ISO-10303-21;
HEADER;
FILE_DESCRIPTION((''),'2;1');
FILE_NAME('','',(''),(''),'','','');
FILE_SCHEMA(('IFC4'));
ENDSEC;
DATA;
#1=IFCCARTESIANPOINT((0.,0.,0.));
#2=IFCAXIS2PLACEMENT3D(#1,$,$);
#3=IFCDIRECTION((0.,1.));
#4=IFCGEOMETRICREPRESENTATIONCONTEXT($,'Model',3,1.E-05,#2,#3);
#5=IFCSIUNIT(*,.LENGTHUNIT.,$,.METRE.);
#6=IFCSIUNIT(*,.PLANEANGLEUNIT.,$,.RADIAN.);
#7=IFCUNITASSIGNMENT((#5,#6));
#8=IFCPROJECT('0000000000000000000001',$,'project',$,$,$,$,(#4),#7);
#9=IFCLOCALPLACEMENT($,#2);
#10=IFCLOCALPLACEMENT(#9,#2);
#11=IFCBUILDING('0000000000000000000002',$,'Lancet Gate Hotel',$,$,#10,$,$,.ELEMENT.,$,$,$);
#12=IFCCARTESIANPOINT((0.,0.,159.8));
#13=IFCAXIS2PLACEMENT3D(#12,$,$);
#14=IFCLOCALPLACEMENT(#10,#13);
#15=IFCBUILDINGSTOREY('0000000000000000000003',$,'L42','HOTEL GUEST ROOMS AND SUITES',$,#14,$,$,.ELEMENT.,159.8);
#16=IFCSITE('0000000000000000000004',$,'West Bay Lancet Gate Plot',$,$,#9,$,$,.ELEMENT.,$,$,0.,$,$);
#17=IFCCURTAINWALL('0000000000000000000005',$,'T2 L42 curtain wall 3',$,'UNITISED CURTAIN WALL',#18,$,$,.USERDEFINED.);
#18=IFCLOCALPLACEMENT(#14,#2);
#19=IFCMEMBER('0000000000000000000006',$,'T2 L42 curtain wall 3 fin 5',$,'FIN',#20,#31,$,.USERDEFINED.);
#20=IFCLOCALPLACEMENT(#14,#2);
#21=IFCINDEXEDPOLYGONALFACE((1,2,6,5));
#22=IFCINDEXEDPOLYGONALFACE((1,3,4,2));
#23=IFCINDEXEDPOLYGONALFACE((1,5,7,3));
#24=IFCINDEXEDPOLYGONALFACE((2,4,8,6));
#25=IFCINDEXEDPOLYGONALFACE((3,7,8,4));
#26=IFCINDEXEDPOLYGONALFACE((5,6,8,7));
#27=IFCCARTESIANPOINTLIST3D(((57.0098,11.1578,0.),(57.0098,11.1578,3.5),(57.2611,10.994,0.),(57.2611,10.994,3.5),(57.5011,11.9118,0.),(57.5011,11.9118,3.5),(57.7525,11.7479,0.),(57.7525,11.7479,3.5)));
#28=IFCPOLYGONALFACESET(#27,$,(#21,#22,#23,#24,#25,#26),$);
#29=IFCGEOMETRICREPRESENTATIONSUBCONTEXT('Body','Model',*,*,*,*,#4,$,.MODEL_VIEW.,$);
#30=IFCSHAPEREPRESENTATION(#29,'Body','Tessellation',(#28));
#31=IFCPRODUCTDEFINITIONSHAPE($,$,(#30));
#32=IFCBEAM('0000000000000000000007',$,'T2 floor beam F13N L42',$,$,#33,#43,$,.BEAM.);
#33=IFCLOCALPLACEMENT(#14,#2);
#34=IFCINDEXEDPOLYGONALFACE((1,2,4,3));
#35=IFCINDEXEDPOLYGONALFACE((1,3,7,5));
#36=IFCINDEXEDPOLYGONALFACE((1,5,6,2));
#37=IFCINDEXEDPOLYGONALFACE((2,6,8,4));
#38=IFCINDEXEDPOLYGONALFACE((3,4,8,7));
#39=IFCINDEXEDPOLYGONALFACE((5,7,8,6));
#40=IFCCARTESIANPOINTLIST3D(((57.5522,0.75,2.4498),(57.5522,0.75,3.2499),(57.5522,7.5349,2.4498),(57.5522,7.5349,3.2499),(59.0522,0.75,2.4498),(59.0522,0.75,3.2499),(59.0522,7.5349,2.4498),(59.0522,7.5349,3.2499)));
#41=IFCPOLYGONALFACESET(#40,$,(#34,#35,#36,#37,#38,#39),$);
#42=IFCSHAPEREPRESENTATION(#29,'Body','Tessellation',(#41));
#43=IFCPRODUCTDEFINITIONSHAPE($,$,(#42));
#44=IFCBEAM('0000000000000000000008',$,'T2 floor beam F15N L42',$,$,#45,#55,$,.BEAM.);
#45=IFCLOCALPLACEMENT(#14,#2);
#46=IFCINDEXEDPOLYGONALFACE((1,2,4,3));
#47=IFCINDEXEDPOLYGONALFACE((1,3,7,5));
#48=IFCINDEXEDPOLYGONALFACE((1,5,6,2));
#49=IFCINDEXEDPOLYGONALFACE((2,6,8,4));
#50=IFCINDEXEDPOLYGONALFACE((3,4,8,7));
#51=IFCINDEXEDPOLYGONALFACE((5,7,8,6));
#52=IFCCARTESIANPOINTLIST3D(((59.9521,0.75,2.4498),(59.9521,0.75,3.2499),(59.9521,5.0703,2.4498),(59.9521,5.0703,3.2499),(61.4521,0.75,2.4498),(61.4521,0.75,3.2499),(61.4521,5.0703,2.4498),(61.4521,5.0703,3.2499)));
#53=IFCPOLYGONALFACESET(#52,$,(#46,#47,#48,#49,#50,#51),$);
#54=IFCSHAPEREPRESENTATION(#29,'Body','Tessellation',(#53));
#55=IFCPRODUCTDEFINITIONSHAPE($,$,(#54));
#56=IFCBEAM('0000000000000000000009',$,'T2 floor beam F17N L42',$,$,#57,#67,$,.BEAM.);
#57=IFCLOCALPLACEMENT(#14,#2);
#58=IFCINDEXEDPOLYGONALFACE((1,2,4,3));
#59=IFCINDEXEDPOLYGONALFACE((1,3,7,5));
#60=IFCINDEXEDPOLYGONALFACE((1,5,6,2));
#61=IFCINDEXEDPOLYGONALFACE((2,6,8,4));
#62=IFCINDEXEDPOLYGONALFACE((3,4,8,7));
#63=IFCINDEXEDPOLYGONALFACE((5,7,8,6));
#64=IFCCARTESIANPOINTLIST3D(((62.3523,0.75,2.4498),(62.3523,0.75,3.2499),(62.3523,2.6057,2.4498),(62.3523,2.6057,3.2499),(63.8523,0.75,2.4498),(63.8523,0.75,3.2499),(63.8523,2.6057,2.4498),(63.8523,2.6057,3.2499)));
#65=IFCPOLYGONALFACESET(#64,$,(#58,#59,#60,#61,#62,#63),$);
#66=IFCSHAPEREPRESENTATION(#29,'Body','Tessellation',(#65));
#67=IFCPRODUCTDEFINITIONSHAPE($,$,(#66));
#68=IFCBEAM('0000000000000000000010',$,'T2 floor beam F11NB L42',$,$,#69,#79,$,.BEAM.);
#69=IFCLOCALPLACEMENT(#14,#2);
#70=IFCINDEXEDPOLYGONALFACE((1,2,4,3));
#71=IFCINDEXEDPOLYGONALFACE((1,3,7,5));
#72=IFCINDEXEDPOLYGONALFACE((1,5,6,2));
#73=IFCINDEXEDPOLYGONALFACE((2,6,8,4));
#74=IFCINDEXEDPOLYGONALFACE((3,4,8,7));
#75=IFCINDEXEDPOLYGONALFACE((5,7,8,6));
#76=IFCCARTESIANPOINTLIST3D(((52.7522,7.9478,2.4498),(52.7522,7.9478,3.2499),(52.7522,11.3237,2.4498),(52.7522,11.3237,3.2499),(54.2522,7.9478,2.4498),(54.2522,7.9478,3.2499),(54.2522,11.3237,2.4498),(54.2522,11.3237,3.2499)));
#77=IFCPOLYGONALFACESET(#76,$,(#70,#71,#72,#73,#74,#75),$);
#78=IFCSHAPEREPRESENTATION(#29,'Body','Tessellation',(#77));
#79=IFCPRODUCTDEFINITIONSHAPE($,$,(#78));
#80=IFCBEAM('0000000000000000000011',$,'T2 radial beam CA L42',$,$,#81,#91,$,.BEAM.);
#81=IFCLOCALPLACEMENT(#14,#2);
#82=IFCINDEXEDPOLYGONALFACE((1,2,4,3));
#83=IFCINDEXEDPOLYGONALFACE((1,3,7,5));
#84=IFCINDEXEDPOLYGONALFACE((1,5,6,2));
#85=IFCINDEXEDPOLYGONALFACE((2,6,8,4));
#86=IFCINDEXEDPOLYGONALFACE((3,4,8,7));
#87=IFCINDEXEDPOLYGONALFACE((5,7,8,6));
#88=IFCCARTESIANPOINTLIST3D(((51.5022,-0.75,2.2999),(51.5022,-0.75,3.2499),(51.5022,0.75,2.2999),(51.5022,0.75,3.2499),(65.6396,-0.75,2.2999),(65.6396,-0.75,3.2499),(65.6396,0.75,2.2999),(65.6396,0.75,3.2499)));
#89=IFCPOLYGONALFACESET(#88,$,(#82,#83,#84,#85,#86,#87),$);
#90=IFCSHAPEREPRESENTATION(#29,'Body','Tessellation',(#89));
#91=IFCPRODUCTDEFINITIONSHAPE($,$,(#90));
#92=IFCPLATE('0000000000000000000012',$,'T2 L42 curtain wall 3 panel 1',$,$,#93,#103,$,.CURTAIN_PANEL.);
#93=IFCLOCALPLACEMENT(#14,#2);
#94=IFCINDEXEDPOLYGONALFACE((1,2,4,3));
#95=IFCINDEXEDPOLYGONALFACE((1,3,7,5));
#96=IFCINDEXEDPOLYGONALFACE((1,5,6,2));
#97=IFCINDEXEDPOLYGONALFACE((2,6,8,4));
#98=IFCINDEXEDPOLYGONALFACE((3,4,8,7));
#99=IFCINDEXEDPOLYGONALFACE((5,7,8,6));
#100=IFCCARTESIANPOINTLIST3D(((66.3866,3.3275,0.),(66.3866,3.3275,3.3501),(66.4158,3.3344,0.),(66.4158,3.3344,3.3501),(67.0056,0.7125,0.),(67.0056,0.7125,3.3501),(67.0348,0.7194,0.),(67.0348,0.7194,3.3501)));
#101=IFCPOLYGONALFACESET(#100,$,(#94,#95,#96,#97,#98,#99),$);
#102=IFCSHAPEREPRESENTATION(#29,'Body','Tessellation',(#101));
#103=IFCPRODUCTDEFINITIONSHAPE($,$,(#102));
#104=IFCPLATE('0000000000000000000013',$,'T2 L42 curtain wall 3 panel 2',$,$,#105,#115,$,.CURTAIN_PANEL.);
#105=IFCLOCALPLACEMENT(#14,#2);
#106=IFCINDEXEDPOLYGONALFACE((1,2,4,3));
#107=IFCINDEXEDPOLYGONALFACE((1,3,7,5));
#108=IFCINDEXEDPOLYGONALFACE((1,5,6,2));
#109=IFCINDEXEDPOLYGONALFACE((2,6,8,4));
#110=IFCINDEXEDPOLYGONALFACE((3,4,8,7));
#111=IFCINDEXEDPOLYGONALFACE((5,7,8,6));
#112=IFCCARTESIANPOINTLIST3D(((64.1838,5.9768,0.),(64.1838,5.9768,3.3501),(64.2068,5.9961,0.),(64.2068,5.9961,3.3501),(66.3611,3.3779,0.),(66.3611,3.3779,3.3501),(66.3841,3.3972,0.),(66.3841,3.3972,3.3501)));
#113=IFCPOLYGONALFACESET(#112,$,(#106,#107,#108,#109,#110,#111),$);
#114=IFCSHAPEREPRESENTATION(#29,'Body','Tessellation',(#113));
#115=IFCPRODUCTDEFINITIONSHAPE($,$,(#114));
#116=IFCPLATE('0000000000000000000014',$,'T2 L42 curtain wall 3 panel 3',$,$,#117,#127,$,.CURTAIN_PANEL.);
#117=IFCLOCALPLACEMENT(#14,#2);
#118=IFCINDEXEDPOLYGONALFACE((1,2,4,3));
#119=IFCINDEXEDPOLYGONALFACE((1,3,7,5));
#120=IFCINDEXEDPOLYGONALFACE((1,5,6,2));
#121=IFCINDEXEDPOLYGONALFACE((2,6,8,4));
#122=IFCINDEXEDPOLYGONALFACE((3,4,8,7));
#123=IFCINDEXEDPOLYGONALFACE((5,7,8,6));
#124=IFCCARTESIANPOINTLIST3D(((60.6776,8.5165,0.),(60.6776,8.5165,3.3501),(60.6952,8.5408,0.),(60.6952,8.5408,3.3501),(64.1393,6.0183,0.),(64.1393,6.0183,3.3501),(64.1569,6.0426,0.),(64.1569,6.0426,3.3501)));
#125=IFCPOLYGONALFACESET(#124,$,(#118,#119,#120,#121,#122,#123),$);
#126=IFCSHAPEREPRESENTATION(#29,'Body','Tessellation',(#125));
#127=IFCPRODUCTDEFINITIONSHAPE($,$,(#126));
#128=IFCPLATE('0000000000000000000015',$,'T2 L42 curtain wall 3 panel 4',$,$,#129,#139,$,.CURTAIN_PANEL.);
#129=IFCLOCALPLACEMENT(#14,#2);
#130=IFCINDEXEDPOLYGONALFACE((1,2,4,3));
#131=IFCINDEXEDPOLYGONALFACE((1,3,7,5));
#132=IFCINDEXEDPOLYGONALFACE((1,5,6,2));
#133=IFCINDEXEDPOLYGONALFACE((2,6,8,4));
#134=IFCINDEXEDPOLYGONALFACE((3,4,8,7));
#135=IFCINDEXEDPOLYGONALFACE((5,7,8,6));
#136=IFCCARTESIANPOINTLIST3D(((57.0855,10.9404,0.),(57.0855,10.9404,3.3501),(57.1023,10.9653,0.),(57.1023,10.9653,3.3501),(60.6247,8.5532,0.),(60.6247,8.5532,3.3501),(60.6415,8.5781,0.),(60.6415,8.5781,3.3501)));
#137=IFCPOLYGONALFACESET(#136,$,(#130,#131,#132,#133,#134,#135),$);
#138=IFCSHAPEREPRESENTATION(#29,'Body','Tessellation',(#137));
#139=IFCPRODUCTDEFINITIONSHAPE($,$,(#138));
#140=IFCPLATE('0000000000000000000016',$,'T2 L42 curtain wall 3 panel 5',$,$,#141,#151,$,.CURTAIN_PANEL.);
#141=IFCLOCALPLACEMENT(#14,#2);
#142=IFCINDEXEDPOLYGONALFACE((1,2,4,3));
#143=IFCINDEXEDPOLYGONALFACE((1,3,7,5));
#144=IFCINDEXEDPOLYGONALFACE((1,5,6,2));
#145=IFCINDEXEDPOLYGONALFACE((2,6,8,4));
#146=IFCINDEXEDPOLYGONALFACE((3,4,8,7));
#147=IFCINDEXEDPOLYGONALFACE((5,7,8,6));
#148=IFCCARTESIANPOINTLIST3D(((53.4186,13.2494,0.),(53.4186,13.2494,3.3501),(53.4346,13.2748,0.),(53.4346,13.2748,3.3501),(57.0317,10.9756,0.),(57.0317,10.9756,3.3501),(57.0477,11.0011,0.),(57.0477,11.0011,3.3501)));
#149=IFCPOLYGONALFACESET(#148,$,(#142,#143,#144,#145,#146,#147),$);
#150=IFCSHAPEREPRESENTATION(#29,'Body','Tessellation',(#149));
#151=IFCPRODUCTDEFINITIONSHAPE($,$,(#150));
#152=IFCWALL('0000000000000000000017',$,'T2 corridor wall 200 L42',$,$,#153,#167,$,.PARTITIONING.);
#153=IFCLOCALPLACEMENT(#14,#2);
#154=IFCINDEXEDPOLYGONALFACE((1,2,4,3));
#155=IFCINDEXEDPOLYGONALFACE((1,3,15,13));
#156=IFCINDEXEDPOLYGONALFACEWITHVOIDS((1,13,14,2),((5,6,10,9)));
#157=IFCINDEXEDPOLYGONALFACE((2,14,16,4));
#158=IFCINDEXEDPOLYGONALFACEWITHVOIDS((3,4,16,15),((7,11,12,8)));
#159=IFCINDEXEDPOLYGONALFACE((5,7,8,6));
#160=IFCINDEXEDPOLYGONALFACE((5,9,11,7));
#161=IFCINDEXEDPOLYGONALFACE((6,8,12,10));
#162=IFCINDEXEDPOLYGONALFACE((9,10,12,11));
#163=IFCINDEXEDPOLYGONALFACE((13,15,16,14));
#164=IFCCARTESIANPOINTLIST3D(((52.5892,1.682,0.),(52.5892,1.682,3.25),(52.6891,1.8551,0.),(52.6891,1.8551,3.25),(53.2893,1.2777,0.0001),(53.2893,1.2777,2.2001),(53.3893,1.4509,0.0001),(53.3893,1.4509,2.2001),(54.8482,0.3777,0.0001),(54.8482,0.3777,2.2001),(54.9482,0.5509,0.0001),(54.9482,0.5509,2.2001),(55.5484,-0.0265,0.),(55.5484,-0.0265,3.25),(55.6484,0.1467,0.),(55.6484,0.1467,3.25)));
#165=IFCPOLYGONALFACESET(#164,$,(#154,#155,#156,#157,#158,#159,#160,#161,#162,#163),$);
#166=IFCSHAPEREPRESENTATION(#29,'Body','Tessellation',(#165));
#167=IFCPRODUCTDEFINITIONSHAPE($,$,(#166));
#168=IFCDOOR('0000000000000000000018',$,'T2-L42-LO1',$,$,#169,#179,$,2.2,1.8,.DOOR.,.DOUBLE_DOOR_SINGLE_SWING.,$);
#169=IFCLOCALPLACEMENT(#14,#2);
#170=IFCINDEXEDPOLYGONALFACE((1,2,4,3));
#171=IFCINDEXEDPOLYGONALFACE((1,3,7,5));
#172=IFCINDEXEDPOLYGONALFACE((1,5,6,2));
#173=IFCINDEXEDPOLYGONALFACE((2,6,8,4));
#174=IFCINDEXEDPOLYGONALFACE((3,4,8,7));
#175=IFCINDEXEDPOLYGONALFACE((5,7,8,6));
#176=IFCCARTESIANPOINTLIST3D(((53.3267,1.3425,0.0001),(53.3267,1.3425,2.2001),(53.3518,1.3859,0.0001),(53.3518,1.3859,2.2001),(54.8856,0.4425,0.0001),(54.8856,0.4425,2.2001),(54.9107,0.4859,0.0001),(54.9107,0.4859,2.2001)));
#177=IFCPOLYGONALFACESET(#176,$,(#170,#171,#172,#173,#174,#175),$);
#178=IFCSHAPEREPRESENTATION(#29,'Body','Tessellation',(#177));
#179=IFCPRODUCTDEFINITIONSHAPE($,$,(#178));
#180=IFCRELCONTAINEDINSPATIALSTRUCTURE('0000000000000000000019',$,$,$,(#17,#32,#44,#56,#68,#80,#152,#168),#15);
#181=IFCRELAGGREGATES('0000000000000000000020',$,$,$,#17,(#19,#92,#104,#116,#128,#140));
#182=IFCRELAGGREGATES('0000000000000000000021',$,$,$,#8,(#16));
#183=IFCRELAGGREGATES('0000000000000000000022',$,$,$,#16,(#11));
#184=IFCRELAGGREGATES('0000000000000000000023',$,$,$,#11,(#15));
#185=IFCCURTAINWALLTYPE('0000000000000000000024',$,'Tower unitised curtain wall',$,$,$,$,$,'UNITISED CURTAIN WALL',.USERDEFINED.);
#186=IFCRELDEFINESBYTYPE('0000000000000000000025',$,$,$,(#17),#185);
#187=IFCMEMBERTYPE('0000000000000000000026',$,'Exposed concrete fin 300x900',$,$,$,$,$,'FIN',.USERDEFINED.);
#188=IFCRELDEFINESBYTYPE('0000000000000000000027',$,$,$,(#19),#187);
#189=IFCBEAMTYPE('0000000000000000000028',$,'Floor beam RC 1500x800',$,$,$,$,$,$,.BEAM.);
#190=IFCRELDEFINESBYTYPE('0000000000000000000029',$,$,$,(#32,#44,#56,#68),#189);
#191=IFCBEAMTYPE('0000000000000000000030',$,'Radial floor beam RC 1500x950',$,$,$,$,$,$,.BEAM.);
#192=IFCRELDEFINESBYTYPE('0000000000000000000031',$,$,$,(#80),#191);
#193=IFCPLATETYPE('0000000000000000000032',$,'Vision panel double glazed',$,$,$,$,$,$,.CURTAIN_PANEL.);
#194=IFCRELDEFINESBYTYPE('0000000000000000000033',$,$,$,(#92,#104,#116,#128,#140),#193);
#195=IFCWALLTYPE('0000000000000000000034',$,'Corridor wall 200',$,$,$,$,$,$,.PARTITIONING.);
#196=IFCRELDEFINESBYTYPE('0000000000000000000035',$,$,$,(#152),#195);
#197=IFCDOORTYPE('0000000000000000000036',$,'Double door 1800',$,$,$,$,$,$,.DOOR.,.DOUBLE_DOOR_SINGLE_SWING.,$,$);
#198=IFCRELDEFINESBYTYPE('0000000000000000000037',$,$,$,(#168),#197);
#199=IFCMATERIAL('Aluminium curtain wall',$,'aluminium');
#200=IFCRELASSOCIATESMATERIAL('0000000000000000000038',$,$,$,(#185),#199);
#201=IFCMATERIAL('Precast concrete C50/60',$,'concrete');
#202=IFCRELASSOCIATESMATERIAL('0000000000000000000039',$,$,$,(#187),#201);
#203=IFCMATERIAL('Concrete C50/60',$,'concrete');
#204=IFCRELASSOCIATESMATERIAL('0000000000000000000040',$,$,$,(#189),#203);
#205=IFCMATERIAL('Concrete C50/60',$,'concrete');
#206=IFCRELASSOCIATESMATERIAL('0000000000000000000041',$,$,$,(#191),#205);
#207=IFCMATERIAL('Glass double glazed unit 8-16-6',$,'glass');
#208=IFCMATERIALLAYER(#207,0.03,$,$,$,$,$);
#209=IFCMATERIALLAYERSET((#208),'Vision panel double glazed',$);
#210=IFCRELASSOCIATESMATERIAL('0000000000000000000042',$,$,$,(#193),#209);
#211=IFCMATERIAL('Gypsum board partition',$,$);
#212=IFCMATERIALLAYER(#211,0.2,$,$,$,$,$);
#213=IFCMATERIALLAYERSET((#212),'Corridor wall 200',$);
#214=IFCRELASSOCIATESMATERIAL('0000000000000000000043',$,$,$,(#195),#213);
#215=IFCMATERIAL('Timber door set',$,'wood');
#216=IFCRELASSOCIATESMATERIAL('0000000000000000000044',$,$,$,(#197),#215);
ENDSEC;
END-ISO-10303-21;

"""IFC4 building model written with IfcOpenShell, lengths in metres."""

from ifc_helpers import new_model, si_unit, direction, frame, frame_2d, origin, origin_2d, place, context, subcontext, project, spatial, rectangle, extrude, material, layer, layer_set, material_profile, profile_set, type_object, element, fill, aggregate, save


model = new_model("IFC4")

# Units and contexts
model_context = context("Model", 3, precision=1e-05, world=origin(), true_north=direction((0.0, 1.0)))
body_context = subcontext(model_context, "Body", "Model", "MODEL_VIEW")
ifc_project = project(units=[si_unit("LENGTHUNIT", "METRE"), si_unit("PLANEANGLEUNIT", "RADIAN")], contexts=[model_context])

# Site, building, storey
site_placement = place(None, origin())
site = spatial("IfcSite", under=ifc_project, at=site_placement, Name="West Bay Lancet Gate Plot", CompositionType="ELEMENT", RefElevation=0.0)
building_placement = place(site_placement, origin())
building = spatial("IfcBuilding", under=site, at=building_placement, Name="Lancet Gate Hotel", CompositionType="ELEMENT")
storey_placement = place(building_placement, frame((0.0, 0.0, 159.8)))
storey = spatial("IfcBuildingStorey", under=building, at=storey_placement, Name="L42", Description="HOTEL GUEST ROOMS AND SUITES", CompositionType="ELEMENT", Elevation=159.8)

# Curtain wall
ifc_material_1 = material(Name="Aluminium curtain wall", Category="aluminium")
curtain_wall_type = type_object("IfcCurtainWallType", Name="Tower unitised curtain wall", ElementType="UNITISED CURTAIN WALL", PredefinedType="USERDEFINED", material=ifc_material_1)
curtain_wall_placement = place(storey_placement, origin())
curtain_wall = element("IfcCurtainWall", 1, at=curtain_wall_placement, inside=storey, type_object=curtain_wall_type, Name="T2 L42 curtain wall 3", ObjectType="UNITISED CURTAIN WALL", PredefinedType="USERDEFINED")

# Member
ifc_material_2 = material(Name="Precast concrete C50/60", Category="concrete")
ifc_material_profile_1 = material_profile(ifc_material_2, rectangle(XDim=0.3, YDim=0.8999, at=origin_2d()), Name="FIN 300x900")
ifc_profile_set_1 = profile_set([ifc_material_profile_1], Name="Precast concrete C50/60")
member_type_1 = type_object("IfcMemberType", Name="Exposed concrete fin 300x900", ElementType="FIN", PredefinedType="USERDEFINED", material=ifc_profile_set_1)
member_1_placement = place(storey_placement, frame((57.3811, 11.4529, 0.0), z_axis=(0.0, 0.0, 1.0), x_axis=(-0.837801, 0.545976, 0.0)))
member_1 = element("IfcMember", 2, at=member_1_placement, type_object=member_type_1, Name="T2 L42 curtain wall 3 fin 5", ObjectType="FIN", PredefinedType="USERDEFINED", context=body_context, shape_type="SweptSolid", body=[
    extrude(rectangle(XDim=0.3, YDim=0.8999, at=origin_2d()), origin(), (0.0, 0.0, 1.0), 3.5),
])

# Beams
ifc_material_3 = material(Name="Concrete C50/60", Category="concrete")
ifc_material_profile_2 = material_profile(ifc_material_3, rectangle(XDim=1.5, YDim=0.8, at=origin_2d()), Name="RC 1500x800")
ifc_profile_set_2 = profile_set([ifc_material_profile_2], Name="Concrete C50/60")
beam_type_1 = type_object("IfcBeamType", Name="Floor beam RC 1500x800", PredefinedType="BEAM", material=ifc_profile_set_2)
beam_1_placement = place(storey_placement, frame((58.3022, 0.75, 2.8499), z_axis=(0.0, 1.0, 0.0), x_axis=(-1.0, 0.0, 0.0)))
element("IfcBeam", 3, at=beam_1_placement, inside=storey, type_object=beam_type_1, Name="T2 floor beam F13N L42", PredefinedType="BEAM", context=body_context, shape_type="SweptSolid", body=[
    extrude(rectangle(XDim=1.5, YDim=0.8, at=origin_2d()), origin(), (0.0, 0.0, 1.0), 6.7849),
])
beam_2_placement = place(storey_placement, frame((60.7021, 0.75, 2.8499), z_axis=(0.0, 1.0, 0.0), x_axis=(-1.0, 0.0, 0.0)))
element("IfcBeam", 4, at=beam_2_placement, inside=storey, type_object=beam_type_1, Name="T2 floor beam F15N L42", PredefinedType="BEAM", context=body_context, shape_type="SweptSolid", body=[
    extrude(rectangle(XDim=1.5, YDim=0.8, at=origin_2d()), origin(), (0.0, 0.0, 1.0), 4.3203),
])
beam_3_placement = place(storey_placement, frame((63.1023, 0.75, 2.8499), z_axis=(0.0, 1.0, 0.0), x_axis=(-1.0, 0.0, 0.0)))
element("IfcBeam", 5, at=beam_3_placement, inside=storey, type_object=beam_type_1, Name="T2 floor beam F17N L42", PredefinedType="BEAM", context=body_context, shape_type="SweptSolid", body=[
    extrude(rectangle(XDim=1.5, YDim=0.8, at=origin_2d()), origin(), (0.0, 0.0, 1.0), 1.8557),
])
beam_4_placement = place(storey_placement, frame((53.5022, 7.9478, 2.8499), z_axis=(0.0, 1.0, 0.0), x_axis=(-1.0, 0.0, 0.0)))
element("IfcBeam", 6, at=beam_4_placement, inside=storey, type_object=beam_type_1, Name="T2 floor beam F11NB L42", PredefinedType="BEAM", context=body_context, shape_type="SweptSolid", body=[
    extrude(rectangle(XDim=1.5, YDim=0.8, at=origin_2d()), origin(), (0.0, 0.0, 1.0), 3.376),
])
ifc_material_4 = material(Name="Concrete C50/60", Category="concrete")
ifc_material_profile_3 = material_profile(ifc_material_4, rectangle(XDim=1.5, YDim=0.95, at=origin_2d()), Name="RC 1500x950")
ifc_profile_set_3 = profile_set([ifc_material_profile_3], Name="Concrete C50/60")
beam_type_2 = type_object("IfcBeamType", Name="Radial floor beam RC 1500x950", PredefinedType="BEAM", material=ifc_profile_set_3)
beam_5_placement = place(storey_placement, frame((65.6396, 0.0, 2.7749), z_axis=(-1.0, 0.0, 0.0), x_axis=(0.0, -1.0, 0.0)))
element("IfcBeam", 7, at=beam_5_placement, inside=storey, type_object=beam_type_2, Name="T2 radial beam CA L42", PredefinedType="BEAM", context=body_context, shape_type="SweptSolid", body=[
    extrude(rectangle(XDim=1.5, YDim=0.95, at=origin_2d()), origin(), (0.0, 0.0, 1.0), 14.1375),
])

# Plates
ifc_material_5 = material(Name="Glass double glazed unit 8-16-6", Category="glass")
ifc_layer_1 = layer(ifc_material_5, 0.03)
ifc_layer_set_1 = layer_set([ifc_layer_1], Name="Vision panel double glazed")
plate_type = type_object("IfcPlateType", Name="Vision panel double glazed", PredefinedType="CURTAIN_PANEL", material=ifc_layer_set_1)
plate_1_placement = place(storey_placement, frame((66.7107, 2.0234, 0.0), z_axis=(0.0, 0.0, 1.0), x_axis=(-0.230367, 0.973104, 0.0)))
plate_1 = element("IfcPlate", 8, at=plate_1_placement, type_object=plate_type, Name="T2 L42 curtain wall 3 panel 1", PredefinedType="CURTAIN_PANEL", context=body_context, shape_type="SweptSolid", body=[
    extrude(rectangle(XDim=2.6873, YDim=0.03, at=origin_2d()), origin(), (0.0, 0.0, 1.0), 3.3501),
])
plate_2_placement = place(storey_placement, frame((65.2839, 4.687, 0.0), z_axis=(0.0, 0.0, 1.0), x_axis=(-0.642199, 0.766538, 0.0)))
plate_2 = element("IfcPlate", 9, at=plate_2_placement, type_object=plate_type, Name="T2 L42 curtain wall 3 panel 2", PredefinedType="CURTAIN_PANEL", context=body_context, shape_type="SweptSolid", body=[
    extrude(rectangle(XDim=3.3904, YDim=0.03, at=origin_2d()), origin(), (0.0, 0.0, 1.0), 3.3501),
])
plate_3_placement = place(storey_placement, frame((62.4172, 7.2795, 0.0), z_axis=(0.0, 0.0, 1.0), x_axis=(-0.810891, 0.585197, 0.0)))
plate_3 = element("IfcPlate", 10, at=plate_3_placement, type_object=plate_type, Name="T2 L42 curtain wall 3 panel 3", PredefinedType="CURTAIN_PANEL", context=body_context, shape_type="SweptSolid", body=[
    extrude(rectangle(XDim=4.269, YDim=0.03, at=origin_2d()), origin(), (0.0, 0.0, 1.0), 3.3501),
])
plate_4_placement = place(storey_placement, frame((58.8635, 9.7593, 0.0), z_axis=(0.0, 0.0, 1.0), x_axis=(-0.829039, 0.559191, 0.0)))
plate_4 = element("IfcPlate", 11, at=plate_4_placement, type_object=plate_type, Name="T2 L42 curtain wall 3 panel 4", PredefinedType="CURTAIN_PANEL", context=body_context, shape_type="SweptSolid", body=[
    extrude(rectangle(XDim=4.269, YDim=0.03, at=origin_2d()), origin(), (0.0, 0.0, 1.0), 3.3501),
])
plate_5_placement = place(storey_placement, frame((55.2332, 12.1252, 0.0), z_axis=(0.0, 0.0, 1.0), x_axis=(-0.846352, 0.532623, 0.0)))
plate_5 = element("IfcPlate", 12, at=plate_5_placement, type_object=plate_type, Name="T2 L42 curtain wall 3 panel 5", PredefinedType="CURTAIN_PANEL", context=body_context, shape_type="SweptSolid", body=[
    extrude(rectangle(XDim=4.269, YDim=0.03, at=origin_2d()), origin(), (0.0, 0.0, 1.0), 3.3501),
])
aggregate(curtain_wall, [member_1, plate_1, plate_2, plate_3, plate_4, plate_5])

# Wall, opening, door
ifc_material_6 = material(Name="Gypsum board partition")
ifc_layer_2 = layer(ifc_material_6, 0.2)
ifc_layer_set_2 = layer_set([ifc_layer_2], Name="Corridor wall 200")
wall_type_1 = type_object("IfcWallType", Name="Corridor wall 200", PredefinedType="PARTITIONING", material=ifc_layer_set_2)
wall_1_placement = place(storey_placement, frame((52.6392, 1.7686, 0.0), z_axis=(0.0, 0.0, 1.0), x_axis=(0.866027, -0.499997, 0.0)))
wall_1 = element("IfcWall", 13, at=wall_1_placement, inside=storey, type_object=wall_type_1, Name="T2 corridor wall 200 L42", PredefinedType="PARTITIONING", context=body_context, shape_type="SweptSolid", body=[
    extrude(rectangle(XDim=3.417, YDim=0.2, at=frame_2d((1.7085, 0.0))), origin(), (0.0, 0.0, 1.0), 3.25),
])
opening_placement = place(wall_1_placement, frame((0.8086, 0.0, 0.0)))
opening = element("IfcOpeningElement", 14, at=opening_placement, cuts=wall_1, PredefinedType="OPENING", context=body_context, shape_type="SweptSolid", body=[
    extrude(rectangle(XDim=1.8, YDim=2.2, at=frame_2d((0.8999, 1.1001))), frame((0.0, 0.1099, 0.0), z_axis=(0.0, -1.0, 0.0), x_axis=(1.0, 0.0, 0.0)), (0.0, 0.0, 1.0), 0.22),
])
ifc_material_7 = material(Name="Timber door set", Category="wood")
door_type = type_object("IfcDoorType", Name="Double door 1800", OperationType="DOUBLE_DOOR_SINGLE_SWING", PredefinedType="DOOR", material=ifc_material_7)
door_placement = place(opening_placement, origin())
door = element("IfcDoor", 15, at=door_placement, inside=storey, type_object=door_type, Name="T2-L42-LO1", OperationType="DOUBLE_DOOR_SINGLE_SWING", OverallHeight=2.2, OverallWidth=1.8, PredefinedType="DOOR", context=body_context, shape_type="SweptSolid", body=[
    extrude(rectangle(XDim=1.8, YDim=2.2, at=frame_2d((0.8999, 1.1001))), frame((0.0, 0.0249, 0.0), z_axis=(0.0, -1.0, 0.0), x_axis=(1.0, 0.0, 0.0)), (0.0, 0.0, 1.0), 0.05),
])
fill(opening, door)

save(model, "model.ifc")
